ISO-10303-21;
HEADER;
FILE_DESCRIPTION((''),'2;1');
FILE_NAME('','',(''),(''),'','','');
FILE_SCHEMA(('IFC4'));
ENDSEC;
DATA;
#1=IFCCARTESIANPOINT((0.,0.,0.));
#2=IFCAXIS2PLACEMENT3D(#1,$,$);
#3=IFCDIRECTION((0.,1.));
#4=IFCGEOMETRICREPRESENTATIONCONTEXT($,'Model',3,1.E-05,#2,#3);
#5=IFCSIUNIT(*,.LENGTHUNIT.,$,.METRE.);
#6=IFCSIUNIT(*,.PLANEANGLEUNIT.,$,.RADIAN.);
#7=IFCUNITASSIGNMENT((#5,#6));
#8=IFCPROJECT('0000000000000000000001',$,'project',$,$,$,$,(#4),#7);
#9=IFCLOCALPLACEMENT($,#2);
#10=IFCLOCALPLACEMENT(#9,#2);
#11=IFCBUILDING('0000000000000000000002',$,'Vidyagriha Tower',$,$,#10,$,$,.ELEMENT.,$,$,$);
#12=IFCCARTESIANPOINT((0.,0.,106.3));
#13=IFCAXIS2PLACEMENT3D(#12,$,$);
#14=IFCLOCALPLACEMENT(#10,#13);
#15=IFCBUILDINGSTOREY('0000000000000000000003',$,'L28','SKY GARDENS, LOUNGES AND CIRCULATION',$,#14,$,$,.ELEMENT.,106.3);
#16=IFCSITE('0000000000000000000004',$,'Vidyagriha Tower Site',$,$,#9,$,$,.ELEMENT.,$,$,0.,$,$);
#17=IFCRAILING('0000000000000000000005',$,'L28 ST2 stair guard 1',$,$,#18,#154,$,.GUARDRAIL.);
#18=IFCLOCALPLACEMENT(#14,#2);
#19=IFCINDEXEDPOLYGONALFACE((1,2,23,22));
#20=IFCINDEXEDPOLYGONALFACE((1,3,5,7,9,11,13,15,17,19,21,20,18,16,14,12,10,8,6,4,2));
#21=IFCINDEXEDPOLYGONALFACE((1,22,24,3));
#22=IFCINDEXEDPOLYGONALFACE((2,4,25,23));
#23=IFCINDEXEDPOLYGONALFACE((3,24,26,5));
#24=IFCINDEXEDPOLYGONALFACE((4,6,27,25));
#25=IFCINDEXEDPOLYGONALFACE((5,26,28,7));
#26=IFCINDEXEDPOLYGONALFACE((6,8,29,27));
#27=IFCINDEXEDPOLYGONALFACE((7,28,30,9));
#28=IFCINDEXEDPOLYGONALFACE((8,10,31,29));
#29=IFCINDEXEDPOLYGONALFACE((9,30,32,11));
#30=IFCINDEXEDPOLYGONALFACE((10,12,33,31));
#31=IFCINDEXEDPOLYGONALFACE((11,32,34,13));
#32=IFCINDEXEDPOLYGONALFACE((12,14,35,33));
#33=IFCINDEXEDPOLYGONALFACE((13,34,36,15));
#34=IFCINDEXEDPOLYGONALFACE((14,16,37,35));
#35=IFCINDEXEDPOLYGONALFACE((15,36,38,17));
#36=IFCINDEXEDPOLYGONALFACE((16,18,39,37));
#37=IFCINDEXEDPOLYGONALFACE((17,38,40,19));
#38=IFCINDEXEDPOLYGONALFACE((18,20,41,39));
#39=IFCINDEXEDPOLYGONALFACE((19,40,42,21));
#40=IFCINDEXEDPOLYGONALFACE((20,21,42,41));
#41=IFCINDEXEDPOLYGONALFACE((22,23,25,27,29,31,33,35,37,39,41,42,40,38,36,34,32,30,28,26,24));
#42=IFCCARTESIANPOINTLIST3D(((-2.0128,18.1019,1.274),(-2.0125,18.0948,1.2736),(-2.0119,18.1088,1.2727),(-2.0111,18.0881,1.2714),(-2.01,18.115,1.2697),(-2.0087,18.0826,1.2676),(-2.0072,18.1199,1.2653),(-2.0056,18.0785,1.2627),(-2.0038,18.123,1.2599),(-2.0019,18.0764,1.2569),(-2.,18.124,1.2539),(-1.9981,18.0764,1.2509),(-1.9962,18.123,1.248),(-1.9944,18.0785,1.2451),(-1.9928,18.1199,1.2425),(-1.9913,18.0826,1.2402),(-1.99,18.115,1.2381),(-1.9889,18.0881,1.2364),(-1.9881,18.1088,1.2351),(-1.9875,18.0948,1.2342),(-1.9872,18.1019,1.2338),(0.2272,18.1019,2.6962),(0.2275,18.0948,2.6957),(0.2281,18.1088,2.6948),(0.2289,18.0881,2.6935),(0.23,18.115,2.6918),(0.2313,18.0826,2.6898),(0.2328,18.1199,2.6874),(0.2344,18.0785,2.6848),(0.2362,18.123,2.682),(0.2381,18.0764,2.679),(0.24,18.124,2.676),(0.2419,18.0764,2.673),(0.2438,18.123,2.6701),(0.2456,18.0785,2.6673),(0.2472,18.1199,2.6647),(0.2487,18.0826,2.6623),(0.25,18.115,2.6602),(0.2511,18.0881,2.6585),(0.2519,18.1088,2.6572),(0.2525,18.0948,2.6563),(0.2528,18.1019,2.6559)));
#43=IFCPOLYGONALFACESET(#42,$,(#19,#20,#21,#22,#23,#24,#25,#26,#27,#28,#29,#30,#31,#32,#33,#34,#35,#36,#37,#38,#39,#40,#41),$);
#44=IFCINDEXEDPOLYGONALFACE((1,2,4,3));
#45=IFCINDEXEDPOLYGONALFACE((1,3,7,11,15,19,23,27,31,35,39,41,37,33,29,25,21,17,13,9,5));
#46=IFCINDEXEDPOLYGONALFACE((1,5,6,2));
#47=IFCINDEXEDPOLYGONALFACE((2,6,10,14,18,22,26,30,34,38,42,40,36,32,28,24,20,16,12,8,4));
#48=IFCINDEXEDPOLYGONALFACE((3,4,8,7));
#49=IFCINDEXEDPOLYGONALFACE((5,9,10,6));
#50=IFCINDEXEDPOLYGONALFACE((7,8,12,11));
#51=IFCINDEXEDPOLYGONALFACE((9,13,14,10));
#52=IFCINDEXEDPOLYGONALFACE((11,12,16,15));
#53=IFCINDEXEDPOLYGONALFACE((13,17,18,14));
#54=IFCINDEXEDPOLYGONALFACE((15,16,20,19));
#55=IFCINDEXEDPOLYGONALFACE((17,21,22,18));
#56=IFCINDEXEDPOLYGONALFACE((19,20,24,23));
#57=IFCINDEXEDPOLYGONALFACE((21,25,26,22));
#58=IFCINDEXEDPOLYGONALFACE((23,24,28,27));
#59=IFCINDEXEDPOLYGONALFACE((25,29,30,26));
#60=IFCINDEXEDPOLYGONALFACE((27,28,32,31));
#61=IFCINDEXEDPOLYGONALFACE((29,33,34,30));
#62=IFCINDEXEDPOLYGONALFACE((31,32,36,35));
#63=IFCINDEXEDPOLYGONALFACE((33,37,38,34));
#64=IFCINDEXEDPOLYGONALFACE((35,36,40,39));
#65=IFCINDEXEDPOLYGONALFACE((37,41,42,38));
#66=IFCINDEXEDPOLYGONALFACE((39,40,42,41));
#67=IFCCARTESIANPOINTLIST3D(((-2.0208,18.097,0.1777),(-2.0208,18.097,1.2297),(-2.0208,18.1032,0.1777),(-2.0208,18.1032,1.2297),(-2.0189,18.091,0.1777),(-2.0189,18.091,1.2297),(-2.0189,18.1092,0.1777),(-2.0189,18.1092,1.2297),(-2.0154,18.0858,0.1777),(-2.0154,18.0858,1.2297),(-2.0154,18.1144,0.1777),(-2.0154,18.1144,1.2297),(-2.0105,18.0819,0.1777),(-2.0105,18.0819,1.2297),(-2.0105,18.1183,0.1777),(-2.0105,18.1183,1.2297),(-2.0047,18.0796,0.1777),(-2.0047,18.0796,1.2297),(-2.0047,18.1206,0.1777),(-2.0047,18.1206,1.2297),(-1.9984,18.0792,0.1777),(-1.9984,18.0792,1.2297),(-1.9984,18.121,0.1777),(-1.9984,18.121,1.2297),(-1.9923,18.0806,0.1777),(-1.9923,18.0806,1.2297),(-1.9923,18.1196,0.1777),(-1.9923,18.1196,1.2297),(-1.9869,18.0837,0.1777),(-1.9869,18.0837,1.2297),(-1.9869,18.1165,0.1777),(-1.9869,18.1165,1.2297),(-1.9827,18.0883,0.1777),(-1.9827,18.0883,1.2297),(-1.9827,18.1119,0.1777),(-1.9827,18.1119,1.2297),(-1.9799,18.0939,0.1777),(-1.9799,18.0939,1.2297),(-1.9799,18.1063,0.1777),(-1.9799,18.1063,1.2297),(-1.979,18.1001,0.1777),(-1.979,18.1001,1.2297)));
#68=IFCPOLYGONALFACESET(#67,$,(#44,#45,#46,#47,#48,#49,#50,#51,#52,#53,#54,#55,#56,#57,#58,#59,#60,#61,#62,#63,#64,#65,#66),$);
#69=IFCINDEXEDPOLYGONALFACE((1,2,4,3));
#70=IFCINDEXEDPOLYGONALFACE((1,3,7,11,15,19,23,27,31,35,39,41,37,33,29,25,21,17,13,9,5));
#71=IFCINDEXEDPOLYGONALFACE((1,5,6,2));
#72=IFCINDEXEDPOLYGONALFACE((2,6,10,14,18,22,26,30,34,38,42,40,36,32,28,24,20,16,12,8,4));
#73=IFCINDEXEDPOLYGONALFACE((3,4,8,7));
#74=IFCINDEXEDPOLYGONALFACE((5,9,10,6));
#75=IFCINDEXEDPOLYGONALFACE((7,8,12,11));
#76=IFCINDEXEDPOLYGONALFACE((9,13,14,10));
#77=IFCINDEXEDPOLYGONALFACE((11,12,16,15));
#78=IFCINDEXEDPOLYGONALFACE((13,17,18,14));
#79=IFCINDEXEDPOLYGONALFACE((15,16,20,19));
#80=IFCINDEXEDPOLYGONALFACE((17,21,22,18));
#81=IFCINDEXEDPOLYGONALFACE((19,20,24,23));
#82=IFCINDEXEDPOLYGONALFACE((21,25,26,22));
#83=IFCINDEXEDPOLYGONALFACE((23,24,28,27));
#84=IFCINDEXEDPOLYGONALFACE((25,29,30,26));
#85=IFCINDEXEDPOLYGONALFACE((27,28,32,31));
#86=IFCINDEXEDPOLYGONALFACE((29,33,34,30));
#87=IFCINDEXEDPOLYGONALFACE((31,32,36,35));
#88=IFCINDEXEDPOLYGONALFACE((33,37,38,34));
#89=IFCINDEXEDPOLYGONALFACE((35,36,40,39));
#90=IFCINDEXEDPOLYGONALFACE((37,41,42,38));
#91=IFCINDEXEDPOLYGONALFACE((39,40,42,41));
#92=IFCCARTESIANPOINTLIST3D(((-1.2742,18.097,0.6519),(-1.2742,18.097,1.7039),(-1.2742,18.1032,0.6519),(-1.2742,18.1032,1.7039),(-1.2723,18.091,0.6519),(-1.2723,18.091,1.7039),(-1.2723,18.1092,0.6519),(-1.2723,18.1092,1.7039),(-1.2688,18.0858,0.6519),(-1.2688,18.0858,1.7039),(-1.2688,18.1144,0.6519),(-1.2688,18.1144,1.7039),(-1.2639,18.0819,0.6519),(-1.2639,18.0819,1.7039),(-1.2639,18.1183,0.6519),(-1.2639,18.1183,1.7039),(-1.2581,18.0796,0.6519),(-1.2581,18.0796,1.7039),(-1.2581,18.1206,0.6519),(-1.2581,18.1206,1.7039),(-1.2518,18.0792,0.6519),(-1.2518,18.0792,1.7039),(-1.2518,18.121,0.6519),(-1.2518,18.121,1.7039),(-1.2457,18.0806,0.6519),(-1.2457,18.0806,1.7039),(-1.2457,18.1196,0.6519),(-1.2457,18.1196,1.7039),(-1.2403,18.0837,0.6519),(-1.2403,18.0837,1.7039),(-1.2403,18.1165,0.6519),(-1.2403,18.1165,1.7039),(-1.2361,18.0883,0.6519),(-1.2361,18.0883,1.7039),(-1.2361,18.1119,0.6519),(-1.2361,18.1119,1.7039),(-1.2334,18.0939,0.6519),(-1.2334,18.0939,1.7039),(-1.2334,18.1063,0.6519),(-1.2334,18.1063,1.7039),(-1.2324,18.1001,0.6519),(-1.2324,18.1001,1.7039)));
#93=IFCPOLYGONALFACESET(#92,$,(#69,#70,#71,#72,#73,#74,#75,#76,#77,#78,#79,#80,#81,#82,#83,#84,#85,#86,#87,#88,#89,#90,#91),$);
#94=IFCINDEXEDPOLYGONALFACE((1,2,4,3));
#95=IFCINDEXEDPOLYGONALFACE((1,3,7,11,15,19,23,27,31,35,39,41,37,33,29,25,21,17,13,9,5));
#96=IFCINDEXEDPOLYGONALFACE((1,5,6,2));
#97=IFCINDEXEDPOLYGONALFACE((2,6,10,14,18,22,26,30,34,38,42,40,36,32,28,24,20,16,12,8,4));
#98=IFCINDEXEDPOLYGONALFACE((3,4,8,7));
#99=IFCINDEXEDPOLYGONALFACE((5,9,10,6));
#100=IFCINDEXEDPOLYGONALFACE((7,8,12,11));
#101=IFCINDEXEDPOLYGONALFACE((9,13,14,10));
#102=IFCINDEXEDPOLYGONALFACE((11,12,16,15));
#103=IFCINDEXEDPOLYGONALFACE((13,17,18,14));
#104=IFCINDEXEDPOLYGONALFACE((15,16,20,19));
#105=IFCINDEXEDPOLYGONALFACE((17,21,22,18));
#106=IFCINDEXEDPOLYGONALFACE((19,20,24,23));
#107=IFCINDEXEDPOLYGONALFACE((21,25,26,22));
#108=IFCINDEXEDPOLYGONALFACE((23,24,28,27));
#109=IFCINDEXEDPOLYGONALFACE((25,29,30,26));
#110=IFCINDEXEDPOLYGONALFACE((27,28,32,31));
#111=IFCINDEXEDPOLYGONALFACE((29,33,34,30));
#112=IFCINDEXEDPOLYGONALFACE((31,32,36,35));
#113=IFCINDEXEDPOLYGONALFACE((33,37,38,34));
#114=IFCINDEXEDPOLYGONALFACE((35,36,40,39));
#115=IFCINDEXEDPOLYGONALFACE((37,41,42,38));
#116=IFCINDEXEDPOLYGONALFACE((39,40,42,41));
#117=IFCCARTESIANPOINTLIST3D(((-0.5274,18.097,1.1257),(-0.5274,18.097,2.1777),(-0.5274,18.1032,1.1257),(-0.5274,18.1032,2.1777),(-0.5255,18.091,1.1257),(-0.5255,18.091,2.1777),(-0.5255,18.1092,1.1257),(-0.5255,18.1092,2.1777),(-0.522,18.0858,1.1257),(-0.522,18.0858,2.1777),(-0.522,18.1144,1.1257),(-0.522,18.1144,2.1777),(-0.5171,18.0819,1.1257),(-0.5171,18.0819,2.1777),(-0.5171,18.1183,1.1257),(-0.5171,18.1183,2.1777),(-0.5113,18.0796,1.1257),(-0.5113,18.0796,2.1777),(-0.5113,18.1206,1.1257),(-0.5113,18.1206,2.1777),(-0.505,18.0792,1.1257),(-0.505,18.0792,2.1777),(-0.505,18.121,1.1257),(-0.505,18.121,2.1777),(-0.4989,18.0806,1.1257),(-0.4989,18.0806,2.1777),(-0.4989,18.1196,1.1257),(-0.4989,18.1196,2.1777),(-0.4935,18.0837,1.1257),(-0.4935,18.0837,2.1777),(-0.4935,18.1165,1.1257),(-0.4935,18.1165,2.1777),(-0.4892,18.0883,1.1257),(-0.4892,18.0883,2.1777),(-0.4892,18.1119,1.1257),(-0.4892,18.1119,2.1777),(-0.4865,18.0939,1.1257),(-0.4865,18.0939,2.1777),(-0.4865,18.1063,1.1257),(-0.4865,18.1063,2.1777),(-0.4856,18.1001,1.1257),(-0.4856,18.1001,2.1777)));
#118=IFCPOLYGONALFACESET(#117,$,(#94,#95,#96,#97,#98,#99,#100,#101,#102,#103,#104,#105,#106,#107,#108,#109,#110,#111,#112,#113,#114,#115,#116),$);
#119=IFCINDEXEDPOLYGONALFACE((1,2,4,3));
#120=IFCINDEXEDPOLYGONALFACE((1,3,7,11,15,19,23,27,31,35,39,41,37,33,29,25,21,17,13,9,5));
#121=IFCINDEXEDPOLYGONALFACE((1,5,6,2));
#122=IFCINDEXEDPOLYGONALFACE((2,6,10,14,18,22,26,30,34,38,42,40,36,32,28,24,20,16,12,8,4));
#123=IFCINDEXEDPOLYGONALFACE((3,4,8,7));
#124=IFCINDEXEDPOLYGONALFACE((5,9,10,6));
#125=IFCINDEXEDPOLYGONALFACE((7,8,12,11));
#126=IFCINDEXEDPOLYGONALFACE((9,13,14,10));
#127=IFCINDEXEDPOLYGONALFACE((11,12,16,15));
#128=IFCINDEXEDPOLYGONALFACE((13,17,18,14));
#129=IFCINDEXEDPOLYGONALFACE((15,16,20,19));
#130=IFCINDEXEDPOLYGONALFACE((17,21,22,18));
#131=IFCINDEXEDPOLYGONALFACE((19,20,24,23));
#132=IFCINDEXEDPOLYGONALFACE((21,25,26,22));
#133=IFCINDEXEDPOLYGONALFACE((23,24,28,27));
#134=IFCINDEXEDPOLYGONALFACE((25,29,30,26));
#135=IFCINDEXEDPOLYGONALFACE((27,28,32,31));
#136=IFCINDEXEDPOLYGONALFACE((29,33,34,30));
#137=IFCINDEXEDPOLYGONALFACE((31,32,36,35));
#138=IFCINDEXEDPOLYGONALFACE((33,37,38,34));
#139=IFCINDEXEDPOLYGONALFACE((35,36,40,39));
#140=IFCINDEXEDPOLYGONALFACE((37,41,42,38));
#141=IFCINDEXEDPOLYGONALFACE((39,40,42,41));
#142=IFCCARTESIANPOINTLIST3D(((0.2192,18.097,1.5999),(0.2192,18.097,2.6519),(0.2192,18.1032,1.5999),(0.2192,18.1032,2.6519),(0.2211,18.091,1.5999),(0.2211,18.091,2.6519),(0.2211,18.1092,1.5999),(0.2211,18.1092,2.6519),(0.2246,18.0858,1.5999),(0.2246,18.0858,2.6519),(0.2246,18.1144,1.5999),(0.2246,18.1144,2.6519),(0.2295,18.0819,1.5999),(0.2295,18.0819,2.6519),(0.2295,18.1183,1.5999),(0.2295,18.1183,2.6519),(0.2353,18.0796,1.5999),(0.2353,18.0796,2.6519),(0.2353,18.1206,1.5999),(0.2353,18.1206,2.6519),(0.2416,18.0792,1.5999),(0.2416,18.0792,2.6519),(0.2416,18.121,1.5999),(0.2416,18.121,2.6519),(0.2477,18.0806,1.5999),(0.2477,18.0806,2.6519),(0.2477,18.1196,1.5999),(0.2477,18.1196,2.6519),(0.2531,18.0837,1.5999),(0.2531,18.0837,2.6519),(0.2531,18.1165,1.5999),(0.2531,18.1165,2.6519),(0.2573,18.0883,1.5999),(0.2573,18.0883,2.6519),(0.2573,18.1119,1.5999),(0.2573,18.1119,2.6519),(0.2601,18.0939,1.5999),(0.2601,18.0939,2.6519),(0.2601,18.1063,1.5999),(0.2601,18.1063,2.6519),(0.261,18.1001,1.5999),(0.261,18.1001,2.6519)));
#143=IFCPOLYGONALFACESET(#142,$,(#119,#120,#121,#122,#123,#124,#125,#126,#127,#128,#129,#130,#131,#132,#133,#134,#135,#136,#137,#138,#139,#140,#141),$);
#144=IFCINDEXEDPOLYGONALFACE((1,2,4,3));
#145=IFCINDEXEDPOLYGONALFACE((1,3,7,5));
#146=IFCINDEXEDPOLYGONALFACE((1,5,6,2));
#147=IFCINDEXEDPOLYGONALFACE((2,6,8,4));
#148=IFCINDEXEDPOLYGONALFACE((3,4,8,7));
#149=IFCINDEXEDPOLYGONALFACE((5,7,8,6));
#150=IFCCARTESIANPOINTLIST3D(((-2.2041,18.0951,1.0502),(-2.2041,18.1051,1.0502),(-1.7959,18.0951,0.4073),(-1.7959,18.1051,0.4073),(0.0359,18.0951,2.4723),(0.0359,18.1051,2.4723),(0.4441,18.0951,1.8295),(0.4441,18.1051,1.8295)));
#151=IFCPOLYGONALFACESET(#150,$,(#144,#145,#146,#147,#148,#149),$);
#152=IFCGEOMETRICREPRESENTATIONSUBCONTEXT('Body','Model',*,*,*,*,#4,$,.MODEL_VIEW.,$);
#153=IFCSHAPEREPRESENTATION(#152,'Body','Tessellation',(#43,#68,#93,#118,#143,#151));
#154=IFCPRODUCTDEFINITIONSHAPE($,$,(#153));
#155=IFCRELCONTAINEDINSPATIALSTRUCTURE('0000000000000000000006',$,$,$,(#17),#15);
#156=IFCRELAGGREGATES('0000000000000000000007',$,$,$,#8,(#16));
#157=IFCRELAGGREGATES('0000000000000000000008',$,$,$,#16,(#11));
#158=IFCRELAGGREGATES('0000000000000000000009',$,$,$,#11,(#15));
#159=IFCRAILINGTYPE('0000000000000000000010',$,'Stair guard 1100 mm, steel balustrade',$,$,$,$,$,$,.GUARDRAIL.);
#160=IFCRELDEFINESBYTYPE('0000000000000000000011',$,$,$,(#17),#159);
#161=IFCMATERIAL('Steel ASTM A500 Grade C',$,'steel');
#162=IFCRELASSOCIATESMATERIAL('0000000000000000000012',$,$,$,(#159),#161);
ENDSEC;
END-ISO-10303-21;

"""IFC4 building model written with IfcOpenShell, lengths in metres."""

from ifc_helpers import new_model, si_unit, direction, frame, origin, origin_2d, place, context, subcontext, project, spatial, rectangle, circle, extrude, material, type_object, element, save


model = new_model("IFC4")

# Units and contexts
model_context = context("Model", 3, precision=1e-05, world=origin(), true_north=direction((0.0, 1.0)))
body_context = subcontext(model_context, "Body", "Model", "MODEL_VIEW")
ifc_project = project(units=[si_unit("LENGTHUNIT", "METRE"), si_unit("PLANEANGLEUNIT", "RADIAN")], contexts=[model_context])

# Site, building, storey
site_placement = place(None, origin())
site = spatial("IfcSite", under=ifc_project, at=site_placement, Name="Vidyagriha Tower Site", CompositionType="ELEMENT", RefElevation=0.0)
building_placement = place(site_placement, origin())
building = spatial("IfcBuilding", under=site, at=building_placement, Name="Vidyagriha Tower", CompositionType="ELEMENT")
storey_placement = place(building_placement, frame((0.0, 0.0, 106.3)))
storey = spatial("IfcBuildingStorey", under=building, at=storey_placement, Name="L28", Description="SKY GARDENS, LOUNGES AND CIRCULATION", CompositionType="ELEMENT", Elevation=106.3)

# Railing
ifc_material_1 = material(Name="Steel ASTM A500 Grade C", Category="steel")
railing_type_1 = type_object("IfcRailingType", Name="Stair guard 1100 mm, steel balustrade", PredefinedType="GUARDRAIL", material=ifc_material_1)
railing_1_placement = place(storey_placement, frame((-2.0, 18.1001, 0.1777)))
element("IfcRailing", 1, at=railing_1_placement, inside=storey, type_object=railing_type_1, Name="L28 ST2 stair guard 1", PredefinedType="GUARDRAIL", context=body_context, shape_type="SweptSolid", body=[
    extrude(circle(Radius=0.0239, at=origin_2d()), frame((0.0, 0.0, 1.0762), z_axis=(0.844229, 0.0, 0.535982), x_axis=(0.0, 1.0, 0.0)), (0.0, 0.0, 1.0), 2.6533),
    extrude(circle(Radius=0.021, at=origin_2d()), origin(), (0.0, 0.0, 1.0), 1.052),
    extrude(circle(Radius=0.021, at=origin_2d()), frame((0.7466, 0.0, 0.4741)), (0.0, 0.0, 1.0), 1.052),
    extrude(circle(Radius=0.021, at=origin_2d()), frame((1.4934, 0.0, 0.948)), (0.0, 0.0, 1.0), 1.052),
    extrude(circle(Radius=0.021, at=origin_2d()), frame((2.24, 0.0, 1.4221)), (0.0, 0.0, 1.0), 1.052),
    extrude(rectangle(XDim=0.01, YDim=0.7615, at=origin_2d()), frame((0.0, 0.0, 0.551), z_axis=(0.844229, 0.0, 0.535982), x_axis=(0.0, 1.0, 0.0)), (0.0, 0.0, 1.0), 2.6533),
])

save(model, "model.ifc")
